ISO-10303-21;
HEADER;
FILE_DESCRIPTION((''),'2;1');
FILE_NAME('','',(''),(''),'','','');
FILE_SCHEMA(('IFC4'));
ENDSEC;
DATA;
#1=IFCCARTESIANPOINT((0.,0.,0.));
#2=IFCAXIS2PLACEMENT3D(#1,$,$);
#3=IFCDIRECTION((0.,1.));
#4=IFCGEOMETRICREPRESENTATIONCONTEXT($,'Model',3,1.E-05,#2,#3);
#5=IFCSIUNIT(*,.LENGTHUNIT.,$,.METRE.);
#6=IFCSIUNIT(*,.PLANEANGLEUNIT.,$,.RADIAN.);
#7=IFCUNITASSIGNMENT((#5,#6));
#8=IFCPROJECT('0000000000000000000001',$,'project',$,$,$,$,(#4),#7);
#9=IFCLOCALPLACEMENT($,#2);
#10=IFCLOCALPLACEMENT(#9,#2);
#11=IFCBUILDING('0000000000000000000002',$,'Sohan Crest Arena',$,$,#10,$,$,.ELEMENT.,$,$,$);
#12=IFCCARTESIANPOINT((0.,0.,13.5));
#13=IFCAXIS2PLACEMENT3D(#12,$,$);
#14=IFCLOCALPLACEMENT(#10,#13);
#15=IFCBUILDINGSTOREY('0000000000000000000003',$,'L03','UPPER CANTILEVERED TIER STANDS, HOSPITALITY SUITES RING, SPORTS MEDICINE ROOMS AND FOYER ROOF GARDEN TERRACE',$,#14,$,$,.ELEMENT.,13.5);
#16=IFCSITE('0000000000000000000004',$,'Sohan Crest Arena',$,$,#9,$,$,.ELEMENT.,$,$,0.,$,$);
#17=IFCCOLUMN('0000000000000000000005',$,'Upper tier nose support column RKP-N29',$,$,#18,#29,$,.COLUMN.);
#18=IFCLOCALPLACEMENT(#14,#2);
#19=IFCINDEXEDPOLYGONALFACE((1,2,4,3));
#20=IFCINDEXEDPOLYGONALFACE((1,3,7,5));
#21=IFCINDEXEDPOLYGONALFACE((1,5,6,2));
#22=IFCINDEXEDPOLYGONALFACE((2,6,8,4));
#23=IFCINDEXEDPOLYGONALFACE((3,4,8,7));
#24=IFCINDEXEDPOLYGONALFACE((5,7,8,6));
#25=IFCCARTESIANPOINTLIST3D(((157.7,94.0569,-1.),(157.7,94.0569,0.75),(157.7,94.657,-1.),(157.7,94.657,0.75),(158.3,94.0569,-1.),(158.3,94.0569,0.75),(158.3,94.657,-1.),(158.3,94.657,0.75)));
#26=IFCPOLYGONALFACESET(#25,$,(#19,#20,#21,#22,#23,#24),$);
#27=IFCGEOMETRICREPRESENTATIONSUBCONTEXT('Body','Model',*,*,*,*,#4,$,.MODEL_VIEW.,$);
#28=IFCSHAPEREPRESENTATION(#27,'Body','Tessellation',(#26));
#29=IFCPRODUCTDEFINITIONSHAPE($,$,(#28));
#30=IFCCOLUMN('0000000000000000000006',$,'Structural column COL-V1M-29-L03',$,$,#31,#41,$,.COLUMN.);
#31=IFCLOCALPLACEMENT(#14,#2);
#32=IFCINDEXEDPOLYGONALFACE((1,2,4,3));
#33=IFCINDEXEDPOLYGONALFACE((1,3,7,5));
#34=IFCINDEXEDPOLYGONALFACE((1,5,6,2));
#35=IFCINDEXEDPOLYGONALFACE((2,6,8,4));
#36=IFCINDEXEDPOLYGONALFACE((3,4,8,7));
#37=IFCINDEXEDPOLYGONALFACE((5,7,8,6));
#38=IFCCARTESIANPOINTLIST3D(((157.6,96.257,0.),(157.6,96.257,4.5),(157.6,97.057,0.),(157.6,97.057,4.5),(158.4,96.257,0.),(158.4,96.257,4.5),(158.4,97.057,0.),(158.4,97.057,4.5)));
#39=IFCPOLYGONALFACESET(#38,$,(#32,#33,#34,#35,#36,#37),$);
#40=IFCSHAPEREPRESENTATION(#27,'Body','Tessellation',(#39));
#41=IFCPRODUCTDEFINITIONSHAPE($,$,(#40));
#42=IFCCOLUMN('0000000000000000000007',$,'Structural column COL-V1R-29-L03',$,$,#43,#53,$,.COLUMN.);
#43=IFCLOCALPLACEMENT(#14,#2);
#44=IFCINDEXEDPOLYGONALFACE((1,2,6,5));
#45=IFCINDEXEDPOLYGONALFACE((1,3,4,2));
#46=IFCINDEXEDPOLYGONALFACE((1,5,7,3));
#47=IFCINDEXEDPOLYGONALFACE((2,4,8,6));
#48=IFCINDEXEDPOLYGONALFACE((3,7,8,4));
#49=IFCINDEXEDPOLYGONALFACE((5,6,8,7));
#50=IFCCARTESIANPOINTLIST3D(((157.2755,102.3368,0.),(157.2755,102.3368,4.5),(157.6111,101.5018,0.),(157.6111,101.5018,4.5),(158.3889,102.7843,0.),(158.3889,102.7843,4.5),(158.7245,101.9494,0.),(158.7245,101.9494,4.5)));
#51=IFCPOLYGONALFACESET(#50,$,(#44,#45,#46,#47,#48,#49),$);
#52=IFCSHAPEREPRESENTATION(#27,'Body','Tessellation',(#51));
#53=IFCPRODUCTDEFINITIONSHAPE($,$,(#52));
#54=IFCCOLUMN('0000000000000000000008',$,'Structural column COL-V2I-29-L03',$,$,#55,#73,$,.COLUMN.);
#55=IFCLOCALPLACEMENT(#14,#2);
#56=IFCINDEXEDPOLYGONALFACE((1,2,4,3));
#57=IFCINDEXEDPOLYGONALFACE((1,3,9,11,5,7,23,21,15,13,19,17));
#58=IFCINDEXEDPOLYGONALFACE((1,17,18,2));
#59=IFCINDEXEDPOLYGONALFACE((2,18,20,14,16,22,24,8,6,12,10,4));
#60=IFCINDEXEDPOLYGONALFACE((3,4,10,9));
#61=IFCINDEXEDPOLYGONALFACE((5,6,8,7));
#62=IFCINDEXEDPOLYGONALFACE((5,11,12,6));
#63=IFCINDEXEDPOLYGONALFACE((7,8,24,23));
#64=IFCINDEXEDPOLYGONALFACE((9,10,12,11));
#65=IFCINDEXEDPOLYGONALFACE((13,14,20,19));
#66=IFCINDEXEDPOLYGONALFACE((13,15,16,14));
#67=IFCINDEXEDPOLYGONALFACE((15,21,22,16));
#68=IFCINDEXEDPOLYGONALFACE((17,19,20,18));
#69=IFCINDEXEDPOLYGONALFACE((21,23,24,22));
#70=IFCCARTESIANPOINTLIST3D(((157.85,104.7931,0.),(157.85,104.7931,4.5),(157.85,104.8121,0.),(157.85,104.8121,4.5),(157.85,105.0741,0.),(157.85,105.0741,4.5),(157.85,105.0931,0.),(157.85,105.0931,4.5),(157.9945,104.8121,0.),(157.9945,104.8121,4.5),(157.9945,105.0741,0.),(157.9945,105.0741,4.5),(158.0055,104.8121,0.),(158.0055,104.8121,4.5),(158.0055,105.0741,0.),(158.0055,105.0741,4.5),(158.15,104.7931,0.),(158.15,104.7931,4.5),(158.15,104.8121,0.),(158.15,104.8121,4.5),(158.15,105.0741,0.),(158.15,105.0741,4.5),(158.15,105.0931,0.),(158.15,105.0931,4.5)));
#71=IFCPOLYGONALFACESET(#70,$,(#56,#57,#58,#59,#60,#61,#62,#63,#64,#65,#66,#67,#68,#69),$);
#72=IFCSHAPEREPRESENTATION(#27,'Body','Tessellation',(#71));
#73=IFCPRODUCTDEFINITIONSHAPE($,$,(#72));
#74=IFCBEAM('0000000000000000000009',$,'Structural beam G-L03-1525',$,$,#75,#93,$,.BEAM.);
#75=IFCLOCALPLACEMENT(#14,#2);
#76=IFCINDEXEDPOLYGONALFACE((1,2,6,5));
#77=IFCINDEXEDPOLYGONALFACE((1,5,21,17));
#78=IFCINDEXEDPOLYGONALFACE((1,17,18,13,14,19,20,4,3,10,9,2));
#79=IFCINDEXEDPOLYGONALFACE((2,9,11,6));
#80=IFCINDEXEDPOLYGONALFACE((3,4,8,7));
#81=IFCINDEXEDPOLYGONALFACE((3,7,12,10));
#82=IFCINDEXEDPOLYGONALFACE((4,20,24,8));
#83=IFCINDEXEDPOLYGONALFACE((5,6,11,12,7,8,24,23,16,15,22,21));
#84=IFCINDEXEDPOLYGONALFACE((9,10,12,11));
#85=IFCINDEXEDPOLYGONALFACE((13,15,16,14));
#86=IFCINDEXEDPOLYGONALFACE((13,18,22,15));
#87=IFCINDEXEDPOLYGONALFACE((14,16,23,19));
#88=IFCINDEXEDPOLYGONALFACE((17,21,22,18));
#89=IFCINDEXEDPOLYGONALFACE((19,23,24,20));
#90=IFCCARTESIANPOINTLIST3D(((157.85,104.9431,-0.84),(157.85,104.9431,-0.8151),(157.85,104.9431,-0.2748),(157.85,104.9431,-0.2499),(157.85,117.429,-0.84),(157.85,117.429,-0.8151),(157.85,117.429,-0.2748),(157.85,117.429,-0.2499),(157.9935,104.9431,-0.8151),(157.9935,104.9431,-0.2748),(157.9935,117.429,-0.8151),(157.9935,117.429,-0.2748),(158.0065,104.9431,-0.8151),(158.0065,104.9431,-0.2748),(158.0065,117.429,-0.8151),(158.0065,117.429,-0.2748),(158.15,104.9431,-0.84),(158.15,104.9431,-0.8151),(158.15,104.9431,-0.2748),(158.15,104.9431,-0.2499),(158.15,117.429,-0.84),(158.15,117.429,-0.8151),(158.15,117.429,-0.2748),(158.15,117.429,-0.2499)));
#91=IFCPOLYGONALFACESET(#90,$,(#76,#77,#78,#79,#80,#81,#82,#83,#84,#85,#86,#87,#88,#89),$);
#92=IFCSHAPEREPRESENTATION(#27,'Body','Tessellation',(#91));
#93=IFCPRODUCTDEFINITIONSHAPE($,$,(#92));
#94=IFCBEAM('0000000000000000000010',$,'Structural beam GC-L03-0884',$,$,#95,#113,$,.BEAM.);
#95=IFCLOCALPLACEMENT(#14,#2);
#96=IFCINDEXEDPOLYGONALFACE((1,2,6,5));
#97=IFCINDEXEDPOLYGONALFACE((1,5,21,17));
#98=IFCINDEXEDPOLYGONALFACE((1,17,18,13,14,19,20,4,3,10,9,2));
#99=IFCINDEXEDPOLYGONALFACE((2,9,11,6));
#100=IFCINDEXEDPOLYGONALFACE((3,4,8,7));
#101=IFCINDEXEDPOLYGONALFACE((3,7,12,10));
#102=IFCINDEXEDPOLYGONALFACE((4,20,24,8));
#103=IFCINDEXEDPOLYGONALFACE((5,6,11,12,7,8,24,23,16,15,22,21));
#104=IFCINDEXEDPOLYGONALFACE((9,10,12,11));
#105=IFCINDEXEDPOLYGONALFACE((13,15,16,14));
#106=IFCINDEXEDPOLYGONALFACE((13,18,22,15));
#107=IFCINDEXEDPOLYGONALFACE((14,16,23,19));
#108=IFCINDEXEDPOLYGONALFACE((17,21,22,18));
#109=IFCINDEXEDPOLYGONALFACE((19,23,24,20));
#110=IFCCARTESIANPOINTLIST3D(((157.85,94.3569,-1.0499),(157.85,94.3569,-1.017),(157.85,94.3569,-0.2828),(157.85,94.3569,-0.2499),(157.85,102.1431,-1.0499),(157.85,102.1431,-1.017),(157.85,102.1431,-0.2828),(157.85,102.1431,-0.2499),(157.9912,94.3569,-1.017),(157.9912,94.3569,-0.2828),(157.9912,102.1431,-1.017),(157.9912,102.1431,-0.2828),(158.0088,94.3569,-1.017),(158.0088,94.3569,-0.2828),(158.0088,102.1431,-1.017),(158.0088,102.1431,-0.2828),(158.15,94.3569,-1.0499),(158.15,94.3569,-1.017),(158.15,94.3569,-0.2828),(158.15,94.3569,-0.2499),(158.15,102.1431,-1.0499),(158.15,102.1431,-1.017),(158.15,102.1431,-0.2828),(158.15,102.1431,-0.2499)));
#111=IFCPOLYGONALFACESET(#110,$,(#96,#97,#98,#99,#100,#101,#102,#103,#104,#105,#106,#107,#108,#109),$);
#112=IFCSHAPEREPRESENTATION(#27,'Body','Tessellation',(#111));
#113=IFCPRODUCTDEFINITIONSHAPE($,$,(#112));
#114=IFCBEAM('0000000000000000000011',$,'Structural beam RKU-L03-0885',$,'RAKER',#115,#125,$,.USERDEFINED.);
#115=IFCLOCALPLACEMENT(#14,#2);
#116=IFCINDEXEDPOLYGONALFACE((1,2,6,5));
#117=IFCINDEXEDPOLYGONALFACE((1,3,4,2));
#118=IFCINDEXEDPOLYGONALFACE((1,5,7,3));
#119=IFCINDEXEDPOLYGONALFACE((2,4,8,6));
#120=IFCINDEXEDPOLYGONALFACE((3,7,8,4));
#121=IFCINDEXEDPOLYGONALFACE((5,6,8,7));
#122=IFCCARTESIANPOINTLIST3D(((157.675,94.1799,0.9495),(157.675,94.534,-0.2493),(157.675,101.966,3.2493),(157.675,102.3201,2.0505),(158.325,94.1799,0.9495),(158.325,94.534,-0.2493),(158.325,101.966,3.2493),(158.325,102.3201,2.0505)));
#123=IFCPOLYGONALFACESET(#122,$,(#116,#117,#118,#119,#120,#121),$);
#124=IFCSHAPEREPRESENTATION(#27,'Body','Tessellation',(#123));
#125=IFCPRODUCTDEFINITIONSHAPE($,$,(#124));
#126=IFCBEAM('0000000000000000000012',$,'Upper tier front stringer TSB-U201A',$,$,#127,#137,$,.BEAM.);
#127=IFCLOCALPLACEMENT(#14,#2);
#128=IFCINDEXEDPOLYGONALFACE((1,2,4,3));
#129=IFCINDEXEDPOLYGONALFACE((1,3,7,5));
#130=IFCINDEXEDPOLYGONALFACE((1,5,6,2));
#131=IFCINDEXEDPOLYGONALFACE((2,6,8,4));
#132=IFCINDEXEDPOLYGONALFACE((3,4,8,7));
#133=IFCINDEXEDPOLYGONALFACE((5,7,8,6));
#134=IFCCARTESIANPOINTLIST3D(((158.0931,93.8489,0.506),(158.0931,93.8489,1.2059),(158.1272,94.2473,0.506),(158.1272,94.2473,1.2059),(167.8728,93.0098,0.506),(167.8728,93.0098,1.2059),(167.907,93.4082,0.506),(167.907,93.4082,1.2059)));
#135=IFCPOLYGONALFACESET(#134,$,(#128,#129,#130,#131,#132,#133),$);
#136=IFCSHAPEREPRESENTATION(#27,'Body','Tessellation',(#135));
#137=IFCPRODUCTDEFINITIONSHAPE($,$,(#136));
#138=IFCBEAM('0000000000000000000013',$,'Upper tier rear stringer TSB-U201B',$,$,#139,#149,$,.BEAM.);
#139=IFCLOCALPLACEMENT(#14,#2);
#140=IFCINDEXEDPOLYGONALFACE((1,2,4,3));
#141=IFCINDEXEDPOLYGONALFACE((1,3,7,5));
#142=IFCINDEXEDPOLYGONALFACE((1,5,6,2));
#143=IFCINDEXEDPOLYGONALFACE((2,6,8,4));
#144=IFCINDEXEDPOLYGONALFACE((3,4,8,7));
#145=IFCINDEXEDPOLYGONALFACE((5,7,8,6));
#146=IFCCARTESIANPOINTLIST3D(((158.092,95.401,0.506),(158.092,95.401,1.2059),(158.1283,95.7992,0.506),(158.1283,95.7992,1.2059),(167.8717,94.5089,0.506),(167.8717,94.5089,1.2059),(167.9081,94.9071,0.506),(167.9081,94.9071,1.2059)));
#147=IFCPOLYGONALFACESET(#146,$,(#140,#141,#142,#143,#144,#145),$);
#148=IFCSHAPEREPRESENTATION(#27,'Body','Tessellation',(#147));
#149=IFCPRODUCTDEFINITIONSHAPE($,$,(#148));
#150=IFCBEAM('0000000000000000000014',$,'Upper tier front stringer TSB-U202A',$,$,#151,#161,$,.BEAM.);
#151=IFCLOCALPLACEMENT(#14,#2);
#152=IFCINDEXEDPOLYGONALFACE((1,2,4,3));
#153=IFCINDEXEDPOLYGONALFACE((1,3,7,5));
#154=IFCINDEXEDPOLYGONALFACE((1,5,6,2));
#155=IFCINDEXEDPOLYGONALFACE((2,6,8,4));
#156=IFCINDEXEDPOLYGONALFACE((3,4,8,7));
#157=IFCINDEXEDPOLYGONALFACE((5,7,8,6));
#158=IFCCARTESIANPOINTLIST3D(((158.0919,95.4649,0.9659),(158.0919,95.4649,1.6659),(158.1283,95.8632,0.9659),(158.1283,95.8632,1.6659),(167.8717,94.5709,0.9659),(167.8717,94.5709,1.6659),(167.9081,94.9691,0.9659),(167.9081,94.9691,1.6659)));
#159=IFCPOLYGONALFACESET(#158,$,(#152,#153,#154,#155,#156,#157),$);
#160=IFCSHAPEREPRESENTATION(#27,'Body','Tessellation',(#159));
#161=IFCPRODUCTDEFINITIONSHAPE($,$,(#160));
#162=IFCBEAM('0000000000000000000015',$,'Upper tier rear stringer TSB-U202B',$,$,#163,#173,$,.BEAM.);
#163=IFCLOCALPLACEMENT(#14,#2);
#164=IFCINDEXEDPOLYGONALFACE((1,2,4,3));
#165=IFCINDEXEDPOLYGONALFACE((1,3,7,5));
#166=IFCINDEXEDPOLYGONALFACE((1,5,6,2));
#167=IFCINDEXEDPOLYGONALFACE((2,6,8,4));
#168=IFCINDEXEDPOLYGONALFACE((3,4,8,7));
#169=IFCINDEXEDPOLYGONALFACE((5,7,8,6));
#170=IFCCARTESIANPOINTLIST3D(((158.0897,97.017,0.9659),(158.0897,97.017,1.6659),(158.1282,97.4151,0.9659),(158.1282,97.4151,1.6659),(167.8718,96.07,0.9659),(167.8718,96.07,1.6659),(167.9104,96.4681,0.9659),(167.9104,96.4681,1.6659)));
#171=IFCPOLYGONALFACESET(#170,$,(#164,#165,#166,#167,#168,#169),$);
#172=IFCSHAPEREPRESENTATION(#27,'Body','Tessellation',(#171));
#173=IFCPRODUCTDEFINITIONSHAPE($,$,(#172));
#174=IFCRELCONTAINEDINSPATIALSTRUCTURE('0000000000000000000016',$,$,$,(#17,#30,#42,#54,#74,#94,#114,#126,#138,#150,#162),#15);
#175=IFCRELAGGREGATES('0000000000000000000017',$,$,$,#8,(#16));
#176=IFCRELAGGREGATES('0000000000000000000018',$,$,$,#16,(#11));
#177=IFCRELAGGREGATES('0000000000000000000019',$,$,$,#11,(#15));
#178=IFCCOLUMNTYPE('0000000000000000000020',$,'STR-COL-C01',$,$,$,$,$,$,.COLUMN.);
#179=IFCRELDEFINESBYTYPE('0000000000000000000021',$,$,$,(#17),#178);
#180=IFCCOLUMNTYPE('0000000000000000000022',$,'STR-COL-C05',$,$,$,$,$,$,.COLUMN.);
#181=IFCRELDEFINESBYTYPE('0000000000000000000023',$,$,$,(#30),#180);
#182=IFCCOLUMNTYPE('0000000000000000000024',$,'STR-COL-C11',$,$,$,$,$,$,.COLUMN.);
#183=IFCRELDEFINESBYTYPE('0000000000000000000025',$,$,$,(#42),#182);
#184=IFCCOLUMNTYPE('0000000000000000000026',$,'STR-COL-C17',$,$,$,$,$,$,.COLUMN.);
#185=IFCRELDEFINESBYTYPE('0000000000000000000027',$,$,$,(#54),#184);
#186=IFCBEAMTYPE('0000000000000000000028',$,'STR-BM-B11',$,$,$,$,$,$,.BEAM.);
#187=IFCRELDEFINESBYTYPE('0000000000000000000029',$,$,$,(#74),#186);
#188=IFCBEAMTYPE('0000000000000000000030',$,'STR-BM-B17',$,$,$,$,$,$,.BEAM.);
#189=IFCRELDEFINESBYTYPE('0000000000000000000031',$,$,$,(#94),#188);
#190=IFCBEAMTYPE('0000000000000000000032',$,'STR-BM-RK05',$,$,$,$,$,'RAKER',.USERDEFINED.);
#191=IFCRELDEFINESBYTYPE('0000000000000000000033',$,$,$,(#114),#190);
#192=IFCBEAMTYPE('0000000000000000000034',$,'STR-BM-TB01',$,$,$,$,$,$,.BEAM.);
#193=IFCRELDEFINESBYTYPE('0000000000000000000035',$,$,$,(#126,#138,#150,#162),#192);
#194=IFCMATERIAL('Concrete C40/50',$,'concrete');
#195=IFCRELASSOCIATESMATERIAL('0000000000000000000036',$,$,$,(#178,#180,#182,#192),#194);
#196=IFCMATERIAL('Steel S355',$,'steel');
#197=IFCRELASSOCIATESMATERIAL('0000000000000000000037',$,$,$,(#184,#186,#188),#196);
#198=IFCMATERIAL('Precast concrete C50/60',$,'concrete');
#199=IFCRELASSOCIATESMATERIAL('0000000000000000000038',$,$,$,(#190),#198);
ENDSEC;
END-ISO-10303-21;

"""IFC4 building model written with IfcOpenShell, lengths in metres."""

from ifc_helpers import new_model, si_unit, direction, frame, origin, origin_2d, place, context, subcontext, project, spatial, rectangle, i_section, extrude, material, material_profile, profile_set, type_object, element, save


model = new_model("IFC4")

# Units and contexts
model_context = context("Model", 3, precision=1e-05, world=origin(), true_north=direction((0.0, 1.0)))
body_context = subcontext(model_context, "Body", "Model", "MODEL_VIEW")
ifc_project = project(units=[si_unit("LENGTHUNIT", "METRE"), si_unit("PLANEANGLEUNIT", "RADIAN")], contexts=[model_context])

# Site, building, storey
site_placement = place(None, origin())
site = spatial("IfcSite", under=ifc_project, at=site_placement, Name="Sohan Crest Arena", CompositionType="ELEMENT", RefElevation=0.0)
building_placement = place(site_placement, origin())
building = spatial("IfcBuilding", under=site, at=building_placement, Name="Sohan Crest Arena", CompositionType="ELEMENT")
storey_placement = place(building_placement, frame((0.0, 0.0, 13.5)))
storey = spatial("IfcBuildingStorey", under=building, at=storey_placement, Name="L03", Description="UPPER CANTILEVERED TIER STANDS, HOSPITALITY SUITES RING, SPORTS MEDICINE ROOMS AND FOYER ROOF GARDEN TERRACE", CompositionType="ELEMENT", Elevation=13.5)

# Columns
ifc_material_1 = material(Name="Concrete C40/50", Category="concrete")
ifc_material_profile_1 = material_profile(ifc_material_1, rectangle(XDim=0.6001, YDim=0.6001, at=origin_2d()), Name="RC 600x600")
ifc_profile_set_1 = profile_set([ifc_material_profile_1], Name="Concrete C40/50")
column_type_1 = type_object("IfcColumnType", Name="STR-COL-C01", PredefinedType="COLUMN", material=ifc_profile_set_1)
column_1_placement = place(storey_placement, frame((158.0, 94.3569, -1.0), z_axis=(0.0, 0.0, 1.0), x_axis=(1.0, 0.0, 0.0)))
element("IfcColumn", 1, at=column_1_placement, inside=storey, type_object=column_type_1, Name="Upper tier nose support column RKP-N29", PredefinedType="COLUMN", context=body_context, shape_type="SweptSolid", body=[
    extrude(rectangle(XDim=0.6001, YDim=0.6001, at=origin_2d()), origin(), (0.0, 0.0, 1.0), 1.75),
])
ifc_material_profile_2 = material_profile(ifc_material_1, rectangle(XDim=0.8, YDim=0.8, at=origin_2d()), Name="RC 800x800")
ifc_profile_set_2 = profile_set([ifc_material_profile_2], Name="Concrete C40/50")
column_type_2 = type_object("IfcColumnType", Name="STR-COL-C05", PredefinedType="COLUMN", material=ifc_profile_set_2)
column_2_placement = place(storey_placement, frame((158.0, 96.657, 0.0), z_axis=(0.0, 0.0, 1.0), x_axis=(1.0, 0.0, 0.0)))
element("IfcColumn", 2, at=column_2_placement, inside=storey, type_object=column_type_2, Name="Structural column COL-V1M-29-L03", PredefinedType="COLUMN", context=body_context, shape_type="SweptSolid", body=[
    extrude(rectangle(XDim=0.8, YDim=0.8, at=origin_2d()), origin(), (0.0, 0.0, 1.0), 4.5),
])
ifc_material_profile_3 = material_profile(ifc_material_1, rectangle(XDim=1.2, YDim=0.8999, at=origin_2d()), Name="RC 1200x900")
ifc_profile_set_3 = profile_set([ifc_material_profile_3], Name="Concrete C40/50")
column_type_3 = type_object("IfcColumnType", Name="STR-COL-C11", PredefinedType="COLUMN", material=ifc_profile_set_3)
column_3_placement = place(storey_placement, frame((158.0, 102.1431, 0.0), z_axis=(0.0, 0.0, 1.0), x_axis=(0.927836, 0.372988, 0.0)))
element("IfcColumn", 3, at=column_3_placement, inside=storey, type_object=column_type_3, Name="Structural column COL-V1R-29-L03", PredefinedType="COLUMN", context=body_context, shape_type="SweptSolid", body=[
    extrude(rectangle(XDim=1.2, YDim=0.8999, at=origin_2d()), origin(), (0.0, 0.0, 1.0), 4.5),
])
ifc_material_2 = material(Name="Steel S355", Category="steel")
ifc_material_profile_4 = material_profile(ifc_material_2, i_section(OverallWidth=0.3, OverallDepth=0.3, WebThickness=0.011, FlangeThickness=0.019, at=origin_2d()), Name="HEB 300")
ifc_profile_set_4 = profile_set([ifc_material_profile_4], Name="Steel S355")
column_type_4 = type_object("IfcColumnType", Name="STR-COL-C17", PredefinedType="COLUMN", material=ifc_profile_set_4)
column_4_placement = place(storey_placement, frame((158.0, 104.9431, 0.0), z_axis=(0.0, 0.0, 1.0), x_axis=(1.0, 0.0, 0.0)))
element("IfcColumn", 4, at=column_4_placement, inside=storey, type_object=column_type_4, Name="Structural column COL-V2I-29-L03", PredefinedType="COLUMN", context=body_context, shape_type="SweptSolid", body=[
    extrude(i_section(OverallWidth=0.3, OverallDepth=0.3, WebThickness=0.011, FlangeThickness=0.019, at=origin_2d()), origin(), (0.0, 0.0, 1.0), 4.5),
])

# Beams
ifc_material_profile_5 = material_profile(ifc_material_2, i_section(OverallWidth=0.3, OverallDepth=0.5901, WebThickness=0.0129, FlangeThickness=0.0249, at=origin_2d()), Name="HEA 600")
ifc_profile_set_5 = profile_set([ifc_material_profile_5], Name="Steel S355")
beam_type_1 = type_object("IfcBeamType", Name="STR-BM-B11", PredefinedType="BEAM", material=ifc_profile_set_5)
beam_1_placement = place(storey_placement, frame((158.0, 104.9431, -0.5449), z_axis=(0.0, 1.0, 0.0), x_axis=(-1.0, 0.0, 0.0)))
element("IfcBeam", 5, at=beam_1_placement, inside=storey, type_object=beam_type_1, Name="Structural beam G-L03-1525", PredefinedType="BEAM", context=body_context, shape_type="SweptSolid", body=[
    extrude(i_section(OverallWidth=0.3, OverallDepth=0.5901, WebThickness=0.0129, FlangeThickness=0.0249, at=origin_2d()), origin(), (0.0, 0.0, 1.0), 12.4858),
])
ifc_material_profile_6 = material_profile(ifc_material_2, i_section(OverallWidth=0.3, OverallDepth=0.8, WebThickness=0.0176, FlangeThickness=0.033, at=origin_2d()), Name="HEB 800")
ifc_profile_set_6 = profile_set([ifc_material_profile_6], Name="Steel S355")
beam_type_2 = type_object("IfcBeamType", Name="STR-BM-B17", PredefinedType="BEAM", material=ifc_profile_set_6)
beam_2_placement = place(storey_placement, frame((158.0, 102.1431, -0.6499), z_axis=(0.0, -1.0, 0.0), x_axis=(1.0, 0.0, 0.0)))
element("IfcBeam", 6, at=beam_2_placement, inside=storey, type_object=beam_type_2, Name="Structural beam GC-L03-0884", PredefinedType="BEAM", context=body_context, shape_type="SweptSolid", body=[
    extrude(i_section(OverallWidth=0.3, OverallDepth=0.8, WebThickness=0.0176, FlangeThickness=0.033, at=origin_2d()), origin(), (0.0, 0.0, 1.0), 7.7861),
])
ifc_material_3 = material(Name="Precast concrete C50/60", Category="concrete")
ifc_material_profile_7 = material_profile(ifc_material_3, rectangle(XDim=0.6499, YDim=1.25, at=origin_2d()), Name="RAKER 650x1250")
ifc_profile_set_7 = profile_set([ifc_material_profile_7], Name="Precast concrete C50/60")
beam_type_3 = type_object("IfcBeamType", Name="STR-BM-RK05", ElementType="RAKER", PredefinedType="USERDEFINED", material=ifc_profile_set_7)
beam_3_placement = place(storey_placement, frame((158.0, 94.3569, 0.3501), z_axis=(0.0, 0.959039, 0.283273), x_axis=(-1.0, 0.0, 0.0)))
element("IfcBeam", 7, at=beam_3_placement, inside=storey, type_object=beam_type_3, Name="Structural beam RKU-L03-0885", ObjectType="RAKER", PredefinedType="USERDEFINED", context=body_context, shape_type="SweptSolid", body=[
    extrude(rectangle(XDim=0.6499, YDim=1.25, at=origin_2d()), origin(), (0.0, 0.0, 1.0), 8.1187),
])
ifc_material_profile_8 = material_profile(ifc_material_1, rectangle(XDim=0.3999, YDim=0.7, at=origin_2d()), Name="RC-BM 400x700")
ifc_profile_set_8 = profile_set([ifc_material_profile_8], Name="Concrete C40/50")
beam_type_4 = type_object("IfcBeamType", Name="STR-BM-TB01", PredefinedType="BEAM", material=ifc_profile_set_8)
beam_4_placement = place(storey_placement, frame((167.8899, 93.209, 0.856), z_axis=(-0.996339, 0.085487, 0.0), x_axis=(-0.085487, -0.996339, 0.0)))
element("IfcBeam", 8, at=beam_4_placement, inside=storey, type_object=beam_type_4, Name="Upper tier front stringer TSB-U201A", PredefinedType="BEAM", context=body_context, shape_type="SweptSolid", body=[
    extrude(rectangle(XDim=0.3999, YDim=0.7, at=origin_2d()), origin(), (0.0, 0.0, 1.0), 9.8157),
])
beam_5_placement = place(storey_placement, frame((167.8899, 94.708, 0.856), z_axis=(-0.995865, 0.090841, 0.0), x_axis=(-0.090841, -0.995865, 0.0)))
element("IfcBeam", 9, at=beam_5_placement, inside=storey, type_object=beam_type_4, Name="Upper tier rear stringer TSB-U201B", PredefinedType="BEAM", context=body_context, shape_type="SweptSolid", body=[
    extrude(rectangle(XDim=0.3999, YDim=0.7, at=origin_2d()), origin(), (0.0, 0.0, 1.0), 9.8203),
])
beam_6_placement = place(storey_placement, frame((167.8899, 94.77, 1.3159), z_axis=(-0.995847, 0.091038, 0.0), x_axis=(-0.091038, -0.995847, 0.0)))
element("IfcBeam", 10, at=beam_6_placement, inside=storey, type_object=beam_type_4, Name="Upper tier front stringer TSB-U202A", PredefinedType="BEAM", context=body_context, shape_type="SweptSolid", body=[
    extrude(rectangle(XDim=0.3999, YDim=0.7, at=origin_2d()), origin(), (0.0, 0.0, 1.0), 9.8206),
])
beam_7_placement = place(storey_placement, frame((167.8911, 96.269, 1.3159), z_axis=(-0.995347, 0.09636, 0.0), x_axis=(-0.09636, -0.995347, 0.0)))
element("IfcBeam", 11, at=beam_7_placement, inside=storey, type_object=beam_type_4, Name="Upper tier rear stringer TSB-U202B", PredefinedType="BEAM", context=body_context, shape_type="SweptSolid", body=[
    extrude(rectangle(XDim=0.3999, YDim=0.7, at=origin_2d()), origin(), (0.0, 0.0, 1.0), 9.8279),
])

save(model, "model.ifc")
